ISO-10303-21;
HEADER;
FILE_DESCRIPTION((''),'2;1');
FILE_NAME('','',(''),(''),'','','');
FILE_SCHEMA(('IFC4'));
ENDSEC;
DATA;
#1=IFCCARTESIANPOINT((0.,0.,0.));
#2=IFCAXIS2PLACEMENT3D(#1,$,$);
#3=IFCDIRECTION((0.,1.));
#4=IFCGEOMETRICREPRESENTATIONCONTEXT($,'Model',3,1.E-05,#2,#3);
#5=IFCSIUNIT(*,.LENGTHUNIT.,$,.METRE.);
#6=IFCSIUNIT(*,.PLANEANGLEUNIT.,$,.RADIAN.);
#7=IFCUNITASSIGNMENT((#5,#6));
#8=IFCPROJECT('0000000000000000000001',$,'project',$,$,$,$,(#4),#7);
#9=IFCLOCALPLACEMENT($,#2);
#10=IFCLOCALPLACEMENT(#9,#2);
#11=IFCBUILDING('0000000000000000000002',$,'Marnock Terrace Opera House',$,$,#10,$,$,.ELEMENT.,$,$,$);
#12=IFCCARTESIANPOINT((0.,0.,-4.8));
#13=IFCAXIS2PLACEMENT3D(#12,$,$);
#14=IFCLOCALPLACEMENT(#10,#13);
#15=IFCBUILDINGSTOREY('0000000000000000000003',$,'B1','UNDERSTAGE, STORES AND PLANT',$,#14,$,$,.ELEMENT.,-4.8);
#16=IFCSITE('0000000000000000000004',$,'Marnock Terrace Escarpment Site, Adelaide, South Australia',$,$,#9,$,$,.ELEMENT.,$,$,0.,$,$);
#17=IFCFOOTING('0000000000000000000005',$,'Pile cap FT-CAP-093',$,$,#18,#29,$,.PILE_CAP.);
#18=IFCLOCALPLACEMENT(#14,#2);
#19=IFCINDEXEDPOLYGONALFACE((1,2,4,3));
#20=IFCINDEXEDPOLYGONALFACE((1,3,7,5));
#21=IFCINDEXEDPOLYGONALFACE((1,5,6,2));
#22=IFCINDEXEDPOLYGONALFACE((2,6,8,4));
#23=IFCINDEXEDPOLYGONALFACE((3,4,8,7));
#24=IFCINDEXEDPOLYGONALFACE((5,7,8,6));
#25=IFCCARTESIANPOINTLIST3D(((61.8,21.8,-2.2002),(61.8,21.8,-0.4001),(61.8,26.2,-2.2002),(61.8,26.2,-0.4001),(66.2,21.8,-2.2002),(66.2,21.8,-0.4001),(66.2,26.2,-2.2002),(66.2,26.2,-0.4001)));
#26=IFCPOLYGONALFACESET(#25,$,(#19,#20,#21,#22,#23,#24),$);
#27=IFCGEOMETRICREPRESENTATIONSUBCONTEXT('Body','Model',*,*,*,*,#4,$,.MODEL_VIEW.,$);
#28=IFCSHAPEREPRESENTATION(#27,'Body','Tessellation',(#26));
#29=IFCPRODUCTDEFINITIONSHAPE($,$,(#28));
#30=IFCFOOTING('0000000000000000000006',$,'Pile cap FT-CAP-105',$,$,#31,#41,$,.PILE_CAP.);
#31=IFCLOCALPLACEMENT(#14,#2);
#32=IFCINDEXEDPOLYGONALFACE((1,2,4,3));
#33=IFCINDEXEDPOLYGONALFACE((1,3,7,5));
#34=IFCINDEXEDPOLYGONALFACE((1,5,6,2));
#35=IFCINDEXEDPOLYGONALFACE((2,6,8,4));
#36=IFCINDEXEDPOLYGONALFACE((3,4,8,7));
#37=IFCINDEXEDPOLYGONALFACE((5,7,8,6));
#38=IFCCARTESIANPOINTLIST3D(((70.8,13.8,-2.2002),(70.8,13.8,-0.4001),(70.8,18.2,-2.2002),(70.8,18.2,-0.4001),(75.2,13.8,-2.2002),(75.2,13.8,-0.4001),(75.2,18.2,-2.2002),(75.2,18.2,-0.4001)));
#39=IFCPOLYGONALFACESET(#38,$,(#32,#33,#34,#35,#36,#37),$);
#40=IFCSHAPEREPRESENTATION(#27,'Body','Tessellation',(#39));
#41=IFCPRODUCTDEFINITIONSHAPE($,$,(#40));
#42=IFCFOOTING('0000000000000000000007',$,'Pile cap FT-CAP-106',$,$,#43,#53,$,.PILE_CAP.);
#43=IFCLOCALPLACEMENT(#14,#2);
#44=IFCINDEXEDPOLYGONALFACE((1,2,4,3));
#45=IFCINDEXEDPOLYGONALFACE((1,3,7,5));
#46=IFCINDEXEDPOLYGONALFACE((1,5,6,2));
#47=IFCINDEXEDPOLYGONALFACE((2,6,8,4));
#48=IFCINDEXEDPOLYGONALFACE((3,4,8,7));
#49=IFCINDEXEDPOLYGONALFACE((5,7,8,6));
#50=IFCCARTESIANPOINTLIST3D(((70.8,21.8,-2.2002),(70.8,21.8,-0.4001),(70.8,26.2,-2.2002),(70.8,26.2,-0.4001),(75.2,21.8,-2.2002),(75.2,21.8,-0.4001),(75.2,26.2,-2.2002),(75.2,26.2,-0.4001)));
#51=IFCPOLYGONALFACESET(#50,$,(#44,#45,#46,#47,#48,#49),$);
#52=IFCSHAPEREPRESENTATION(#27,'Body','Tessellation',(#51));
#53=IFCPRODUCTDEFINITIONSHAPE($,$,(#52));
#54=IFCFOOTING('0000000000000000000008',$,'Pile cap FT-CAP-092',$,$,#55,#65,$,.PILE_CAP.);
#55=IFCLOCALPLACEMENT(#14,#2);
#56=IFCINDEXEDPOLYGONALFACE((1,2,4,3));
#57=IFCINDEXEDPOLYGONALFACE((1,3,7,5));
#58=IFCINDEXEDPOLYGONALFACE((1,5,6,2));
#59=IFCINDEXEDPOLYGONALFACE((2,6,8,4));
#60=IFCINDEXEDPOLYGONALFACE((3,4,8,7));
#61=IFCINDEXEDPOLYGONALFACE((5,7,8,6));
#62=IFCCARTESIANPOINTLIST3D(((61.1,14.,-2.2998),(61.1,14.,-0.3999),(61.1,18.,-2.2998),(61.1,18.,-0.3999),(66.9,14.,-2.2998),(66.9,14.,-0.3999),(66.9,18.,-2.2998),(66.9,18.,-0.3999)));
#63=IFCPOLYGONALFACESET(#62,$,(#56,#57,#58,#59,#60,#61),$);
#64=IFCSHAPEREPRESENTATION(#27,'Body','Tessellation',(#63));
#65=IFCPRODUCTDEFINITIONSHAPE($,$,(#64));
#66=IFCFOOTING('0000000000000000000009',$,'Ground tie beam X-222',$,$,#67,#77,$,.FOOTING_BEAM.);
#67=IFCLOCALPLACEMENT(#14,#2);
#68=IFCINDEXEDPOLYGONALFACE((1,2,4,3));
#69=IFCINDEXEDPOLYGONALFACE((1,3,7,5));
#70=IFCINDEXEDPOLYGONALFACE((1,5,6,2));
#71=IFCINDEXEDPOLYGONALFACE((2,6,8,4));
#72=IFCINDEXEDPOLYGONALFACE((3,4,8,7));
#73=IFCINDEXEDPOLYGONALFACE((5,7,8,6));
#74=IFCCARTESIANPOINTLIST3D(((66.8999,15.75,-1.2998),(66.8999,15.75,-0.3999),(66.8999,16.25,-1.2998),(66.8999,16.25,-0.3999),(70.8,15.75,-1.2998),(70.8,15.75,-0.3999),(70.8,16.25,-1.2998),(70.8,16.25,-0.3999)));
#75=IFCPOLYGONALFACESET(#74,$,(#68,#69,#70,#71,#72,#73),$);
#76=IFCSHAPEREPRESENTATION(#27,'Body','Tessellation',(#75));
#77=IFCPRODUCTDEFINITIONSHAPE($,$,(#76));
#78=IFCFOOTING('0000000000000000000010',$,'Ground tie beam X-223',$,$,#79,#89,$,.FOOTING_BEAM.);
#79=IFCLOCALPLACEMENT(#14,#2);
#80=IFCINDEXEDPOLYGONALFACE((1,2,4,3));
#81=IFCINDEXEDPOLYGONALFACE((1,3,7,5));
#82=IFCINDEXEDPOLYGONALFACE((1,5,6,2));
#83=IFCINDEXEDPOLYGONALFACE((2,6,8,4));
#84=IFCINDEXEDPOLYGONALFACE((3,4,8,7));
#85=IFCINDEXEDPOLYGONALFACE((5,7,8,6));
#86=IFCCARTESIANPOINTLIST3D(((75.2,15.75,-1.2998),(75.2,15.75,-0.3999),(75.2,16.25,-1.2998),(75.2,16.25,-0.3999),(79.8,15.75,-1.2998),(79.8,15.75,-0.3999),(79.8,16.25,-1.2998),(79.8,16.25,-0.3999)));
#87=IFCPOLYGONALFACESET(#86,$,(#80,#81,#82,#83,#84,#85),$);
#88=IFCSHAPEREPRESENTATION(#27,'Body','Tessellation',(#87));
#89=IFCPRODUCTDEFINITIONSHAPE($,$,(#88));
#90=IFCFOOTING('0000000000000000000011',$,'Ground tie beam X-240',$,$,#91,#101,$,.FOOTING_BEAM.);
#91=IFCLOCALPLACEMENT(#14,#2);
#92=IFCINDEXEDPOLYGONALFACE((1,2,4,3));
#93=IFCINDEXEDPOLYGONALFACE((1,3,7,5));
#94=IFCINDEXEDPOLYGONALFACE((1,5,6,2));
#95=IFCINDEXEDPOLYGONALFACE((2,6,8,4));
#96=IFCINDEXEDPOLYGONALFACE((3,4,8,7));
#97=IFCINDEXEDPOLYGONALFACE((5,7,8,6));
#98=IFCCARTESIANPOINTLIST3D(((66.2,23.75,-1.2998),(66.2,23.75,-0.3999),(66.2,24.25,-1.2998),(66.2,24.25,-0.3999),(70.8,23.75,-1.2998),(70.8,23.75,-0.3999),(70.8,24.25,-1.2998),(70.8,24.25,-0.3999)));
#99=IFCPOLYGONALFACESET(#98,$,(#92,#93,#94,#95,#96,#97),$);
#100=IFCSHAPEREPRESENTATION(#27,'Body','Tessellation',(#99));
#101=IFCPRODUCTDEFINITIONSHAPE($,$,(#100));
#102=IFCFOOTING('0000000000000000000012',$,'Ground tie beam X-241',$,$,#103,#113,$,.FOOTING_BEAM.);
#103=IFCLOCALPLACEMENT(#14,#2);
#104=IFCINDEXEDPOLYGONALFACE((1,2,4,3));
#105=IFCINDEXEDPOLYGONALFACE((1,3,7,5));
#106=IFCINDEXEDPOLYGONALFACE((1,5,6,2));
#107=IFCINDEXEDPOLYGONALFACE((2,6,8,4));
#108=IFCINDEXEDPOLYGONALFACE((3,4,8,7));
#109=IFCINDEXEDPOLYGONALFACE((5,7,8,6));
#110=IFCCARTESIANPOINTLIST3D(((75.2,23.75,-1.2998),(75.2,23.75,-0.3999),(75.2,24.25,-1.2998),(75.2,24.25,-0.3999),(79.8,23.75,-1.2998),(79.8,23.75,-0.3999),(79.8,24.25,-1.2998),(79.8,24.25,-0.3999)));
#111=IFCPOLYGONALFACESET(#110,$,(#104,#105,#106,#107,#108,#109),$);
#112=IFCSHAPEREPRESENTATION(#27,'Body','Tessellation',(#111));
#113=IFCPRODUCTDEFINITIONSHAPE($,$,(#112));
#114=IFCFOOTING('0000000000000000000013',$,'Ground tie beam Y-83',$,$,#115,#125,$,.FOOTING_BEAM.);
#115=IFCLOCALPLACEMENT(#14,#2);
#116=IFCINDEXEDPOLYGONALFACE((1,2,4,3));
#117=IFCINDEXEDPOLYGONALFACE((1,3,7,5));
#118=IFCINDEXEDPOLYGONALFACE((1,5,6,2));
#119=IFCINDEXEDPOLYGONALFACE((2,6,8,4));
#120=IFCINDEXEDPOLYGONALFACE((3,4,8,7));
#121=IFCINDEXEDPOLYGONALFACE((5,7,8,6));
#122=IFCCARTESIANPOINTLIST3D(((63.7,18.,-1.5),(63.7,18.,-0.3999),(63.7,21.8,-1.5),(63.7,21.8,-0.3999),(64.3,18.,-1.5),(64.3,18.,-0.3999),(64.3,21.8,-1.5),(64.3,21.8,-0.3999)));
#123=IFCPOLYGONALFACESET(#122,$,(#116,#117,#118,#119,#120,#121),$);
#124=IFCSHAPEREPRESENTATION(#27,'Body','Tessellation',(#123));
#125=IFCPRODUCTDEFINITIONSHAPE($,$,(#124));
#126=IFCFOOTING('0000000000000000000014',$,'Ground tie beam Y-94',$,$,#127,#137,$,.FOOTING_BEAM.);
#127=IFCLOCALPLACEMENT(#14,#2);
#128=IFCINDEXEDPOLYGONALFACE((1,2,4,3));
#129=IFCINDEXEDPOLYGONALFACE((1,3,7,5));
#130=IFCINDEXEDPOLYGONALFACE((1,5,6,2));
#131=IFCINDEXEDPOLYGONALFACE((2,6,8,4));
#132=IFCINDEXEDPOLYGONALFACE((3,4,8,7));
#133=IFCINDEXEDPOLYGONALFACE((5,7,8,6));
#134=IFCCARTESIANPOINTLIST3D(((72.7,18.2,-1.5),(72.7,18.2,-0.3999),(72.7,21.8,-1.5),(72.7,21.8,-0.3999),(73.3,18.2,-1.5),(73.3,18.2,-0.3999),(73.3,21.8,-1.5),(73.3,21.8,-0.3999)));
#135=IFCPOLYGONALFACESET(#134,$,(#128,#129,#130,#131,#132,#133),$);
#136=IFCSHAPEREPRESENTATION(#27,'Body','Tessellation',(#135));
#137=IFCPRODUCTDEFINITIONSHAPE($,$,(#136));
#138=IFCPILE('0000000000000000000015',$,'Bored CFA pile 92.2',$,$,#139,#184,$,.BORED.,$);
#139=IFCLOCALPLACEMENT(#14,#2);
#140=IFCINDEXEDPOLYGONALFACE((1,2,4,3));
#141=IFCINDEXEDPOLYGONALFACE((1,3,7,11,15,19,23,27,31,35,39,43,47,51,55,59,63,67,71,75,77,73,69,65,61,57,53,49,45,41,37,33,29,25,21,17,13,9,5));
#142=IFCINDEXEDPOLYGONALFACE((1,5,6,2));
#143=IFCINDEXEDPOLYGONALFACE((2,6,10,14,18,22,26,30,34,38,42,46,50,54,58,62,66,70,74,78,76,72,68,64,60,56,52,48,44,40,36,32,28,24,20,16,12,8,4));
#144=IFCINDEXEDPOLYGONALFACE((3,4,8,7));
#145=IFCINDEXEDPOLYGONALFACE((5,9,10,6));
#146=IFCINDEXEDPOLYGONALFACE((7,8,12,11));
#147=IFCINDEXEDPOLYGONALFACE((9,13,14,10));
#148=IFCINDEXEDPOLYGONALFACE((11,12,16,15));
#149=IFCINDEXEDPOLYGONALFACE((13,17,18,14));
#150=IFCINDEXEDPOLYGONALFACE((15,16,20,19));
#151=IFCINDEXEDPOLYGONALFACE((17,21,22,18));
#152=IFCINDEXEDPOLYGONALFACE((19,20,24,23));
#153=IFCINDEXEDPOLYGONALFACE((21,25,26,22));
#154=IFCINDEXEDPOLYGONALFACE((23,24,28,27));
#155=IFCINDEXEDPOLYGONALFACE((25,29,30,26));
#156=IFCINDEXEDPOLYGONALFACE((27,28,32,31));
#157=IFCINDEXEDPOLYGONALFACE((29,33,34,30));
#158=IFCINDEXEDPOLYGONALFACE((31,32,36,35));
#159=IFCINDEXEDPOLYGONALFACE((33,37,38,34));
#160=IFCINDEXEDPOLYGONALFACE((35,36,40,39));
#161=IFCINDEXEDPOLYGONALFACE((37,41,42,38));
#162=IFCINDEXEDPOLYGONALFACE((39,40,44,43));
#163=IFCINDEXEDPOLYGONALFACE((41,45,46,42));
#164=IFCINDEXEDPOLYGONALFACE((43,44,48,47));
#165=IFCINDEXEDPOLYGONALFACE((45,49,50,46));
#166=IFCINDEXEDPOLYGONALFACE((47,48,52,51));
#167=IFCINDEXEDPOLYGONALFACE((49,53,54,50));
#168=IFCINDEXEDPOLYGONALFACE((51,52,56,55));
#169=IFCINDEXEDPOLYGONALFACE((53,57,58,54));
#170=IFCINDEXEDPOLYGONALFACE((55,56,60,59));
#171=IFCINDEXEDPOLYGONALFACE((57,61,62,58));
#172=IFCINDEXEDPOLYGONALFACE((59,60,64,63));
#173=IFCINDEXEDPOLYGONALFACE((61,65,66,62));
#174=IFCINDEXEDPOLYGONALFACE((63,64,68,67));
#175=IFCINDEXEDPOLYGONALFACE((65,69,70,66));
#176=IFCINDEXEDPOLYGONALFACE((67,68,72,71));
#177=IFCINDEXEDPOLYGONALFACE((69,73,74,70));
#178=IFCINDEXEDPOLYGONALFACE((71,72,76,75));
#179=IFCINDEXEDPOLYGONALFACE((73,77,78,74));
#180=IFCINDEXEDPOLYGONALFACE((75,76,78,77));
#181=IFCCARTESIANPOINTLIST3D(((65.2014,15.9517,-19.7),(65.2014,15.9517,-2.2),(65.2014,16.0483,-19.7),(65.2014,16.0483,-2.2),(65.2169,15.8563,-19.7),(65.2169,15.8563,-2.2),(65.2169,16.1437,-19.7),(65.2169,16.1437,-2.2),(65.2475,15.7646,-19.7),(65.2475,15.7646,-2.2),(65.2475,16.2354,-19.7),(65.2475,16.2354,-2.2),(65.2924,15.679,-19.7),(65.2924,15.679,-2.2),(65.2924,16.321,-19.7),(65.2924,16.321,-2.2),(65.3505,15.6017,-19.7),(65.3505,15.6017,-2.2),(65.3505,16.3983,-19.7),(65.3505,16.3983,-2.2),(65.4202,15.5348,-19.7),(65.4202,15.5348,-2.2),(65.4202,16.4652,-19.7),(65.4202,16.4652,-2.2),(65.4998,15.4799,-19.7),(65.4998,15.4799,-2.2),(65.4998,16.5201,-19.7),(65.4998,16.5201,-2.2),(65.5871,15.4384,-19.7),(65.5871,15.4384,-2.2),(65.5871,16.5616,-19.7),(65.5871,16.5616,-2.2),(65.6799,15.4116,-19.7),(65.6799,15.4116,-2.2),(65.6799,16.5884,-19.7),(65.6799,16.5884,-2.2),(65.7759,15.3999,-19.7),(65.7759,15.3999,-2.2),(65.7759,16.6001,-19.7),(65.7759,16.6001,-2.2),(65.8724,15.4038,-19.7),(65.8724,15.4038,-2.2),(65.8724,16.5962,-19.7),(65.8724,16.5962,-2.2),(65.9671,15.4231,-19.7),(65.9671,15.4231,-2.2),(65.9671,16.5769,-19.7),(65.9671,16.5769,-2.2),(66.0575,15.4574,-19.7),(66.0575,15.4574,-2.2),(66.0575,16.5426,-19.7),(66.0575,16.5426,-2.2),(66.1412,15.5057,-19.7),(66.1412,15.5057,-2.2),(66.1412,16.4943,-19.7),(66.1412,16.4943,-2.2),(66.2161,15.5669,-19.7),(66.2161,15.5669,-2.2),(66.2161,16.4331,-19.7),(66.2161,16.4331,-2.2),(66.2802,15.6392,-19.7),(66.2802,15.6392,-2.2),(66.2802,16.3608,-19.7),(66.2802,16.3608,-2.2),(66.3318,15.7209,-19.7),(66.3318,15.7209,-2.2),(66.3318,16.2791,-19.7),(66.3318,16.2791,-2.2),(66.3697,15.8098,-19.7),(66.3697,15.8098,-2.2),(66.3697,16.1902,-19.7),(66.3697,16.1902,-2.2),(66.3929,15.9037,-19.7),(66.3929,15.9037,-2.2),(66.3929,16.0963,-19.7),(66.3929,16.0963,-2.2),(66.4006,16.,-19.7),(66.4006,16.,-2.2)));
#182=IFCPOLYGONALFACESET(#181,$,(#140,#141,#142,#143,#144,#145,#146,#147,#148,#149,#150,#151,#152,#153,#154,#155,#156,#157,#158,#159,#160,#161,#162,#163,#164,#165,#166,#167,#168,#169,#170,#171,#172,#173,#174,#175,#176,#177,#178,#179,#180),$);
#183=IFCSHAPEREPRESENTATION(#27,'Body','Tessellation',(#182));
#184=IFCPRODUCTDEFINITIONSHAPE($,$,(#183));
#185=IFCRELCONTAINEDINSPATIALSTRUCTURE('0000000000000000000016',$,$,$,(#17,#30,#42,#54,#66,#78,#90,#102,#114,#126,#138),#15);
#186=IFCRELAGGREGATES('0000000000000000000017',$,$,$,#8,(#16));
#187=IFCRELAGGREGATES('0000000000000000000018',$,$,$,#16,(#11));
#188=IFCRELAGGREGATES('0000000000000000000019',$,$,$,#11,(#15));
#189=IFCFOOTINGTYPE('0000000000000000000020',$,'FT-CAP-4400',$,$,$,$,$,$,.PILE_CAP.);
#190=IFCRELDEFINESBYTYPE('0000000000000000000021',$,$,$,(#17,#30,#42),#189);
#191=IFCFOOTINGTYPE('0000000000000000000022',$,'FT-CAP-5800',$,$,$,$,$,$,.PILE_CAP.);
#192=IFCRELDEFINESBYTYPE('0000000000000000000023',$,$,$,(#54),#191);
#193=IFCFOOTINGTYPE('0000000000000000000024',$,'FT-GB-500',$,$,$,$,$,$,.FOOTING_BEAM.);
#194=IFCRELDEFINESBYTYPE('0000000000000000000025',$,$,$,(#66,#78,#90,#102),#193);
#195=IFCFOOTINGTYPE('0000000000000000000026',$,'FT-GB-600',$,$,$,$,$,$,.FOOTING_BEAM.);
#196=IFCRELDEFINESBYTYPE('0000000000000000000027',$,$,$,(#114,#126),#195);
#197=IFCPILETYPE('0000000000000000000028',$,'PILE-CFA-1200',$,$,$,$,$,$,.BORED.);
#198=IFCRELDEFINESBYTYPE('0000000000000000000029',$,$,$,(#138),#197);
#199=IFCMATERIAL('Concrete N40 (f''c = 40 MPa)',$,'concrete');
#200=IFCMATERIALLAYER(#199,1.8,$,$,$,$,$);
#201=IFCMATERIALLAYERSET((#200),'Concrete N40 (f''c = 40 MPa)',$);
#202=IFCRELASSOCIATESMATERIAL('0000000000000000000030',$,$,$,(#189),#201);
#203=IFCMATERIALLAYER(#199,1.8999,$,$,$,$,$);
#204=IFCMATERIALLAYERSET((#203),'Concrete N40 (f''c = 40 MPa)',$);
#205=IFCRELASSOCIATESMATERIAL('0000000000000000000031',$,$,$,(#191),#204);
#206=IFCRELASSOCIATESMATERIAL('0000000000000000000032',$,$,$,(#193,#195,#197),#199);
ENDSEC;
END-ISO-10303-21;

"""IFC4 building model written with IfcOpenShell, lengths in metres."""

from ifc_helpers import new_model, si_unit, direction, frame, origin, origin_2d, place, context, subcontext, project, spatial, rectangle, circle, extrude, material, layer, layer_set, material_profile, profile_set, type_object, element, save


model = new_model("IFC4")

# Units and contexts
model_context = context("Model", 3, precision=1e-05, world=origin(), true_north=direction((0.0, 1.0)))
body_context = subcontext(model_context, "Body", "Model", "MODEL_VIEW")
ifc_project = project(units=[si_unit("LENGTHUNIT", "METRE"), si_unit("PLANEANGLEUNIT", "RADIAN")], contexts=[model_context])

# Site, building, storey
site_placement = place(None, origin())
site = spatial("IfcSite", under=ifc_project, at=site_placement, Name="Marnock Terrace Escarpment Site, Adelaide, South Australia", CompositionType="ELEMENT", RefElevation=0.0)
building_placement = place(site_placement, origin())
building = spatial("IfcBuilding", under=site, at=building_placement, Name="Marnock Terrace Opera House", CompositionType="ELEMENT")
storey_placement = place(building_placement, frame((0.0, 0.0, -4.8)))
storey = spatial("IfcBuildingStorey", under=building, at=storey_placement, Name="B1", Description="UNDERSTAGE, STORES AND PLANT", CompositionType="ELEMENT", Elevation=-4.8)

# Footings
ifc_material_1 = material(Name="Concrete N40 (f'c = 40 MPa)", Category="concrete")
ifc_layer_1 = layer(ifc_material_1, 1.8)
ifc_layer_set_1 = layer_set([ifc_layer_1], Name="Concrete N40 (f'c = 40 MPa)")
footing_type_1 = type_object("IfcFootingType", Name="FT-CAP-4400", PredefinedType="PILE_CAP", material=ifc_layer_set_1)
for number, where, z_axis, x_axis, name in (
    (1, (64.0, 24.0, -2.2002), (0.0, 0.0, 1.0), (1.0, 0.0, 0.0), "Pile cap FT-CAP-093"),
    (2, (73.0, 16.0, -2.2002), (0.0, 0.0, 1.0), (1.0, 0.0, 0.0), "Pile cap FT-CAP-105"),
    (3, (73.0, 24.0, -2.2002), (0.0, 0.0, 1.0), (1.0, 0.0, 0.0), "Pile cap FT-CAP-106"),
):
    element("IfcFooting", number, at=place(storey_placement, frame(where, z_axis=z_axis, x_axis=x_axis)), inside=storey, type_object=footing_type_1, Name=name, PredefinedType="PILE_CAP", context=body_context, shape_type="SweptSolid", body=[
        extrude(rectangle(XDim=4.3999, YDim=4.3999, at=origin_2d()), origin(), (0.0, 0.0, 1.0), 1.8),
    ])
ifc_layer_2 = layer(ifc_material_1, 1.8999)
ifc_layer_set_2 = layer_set([ifc_layer_2], Name="Concrete N40 (f'c = 40 MPa)")
footing_type_2 = type_object("IfcFootingType", Name="FT-CAP-5800", PredefinedType="PILE_CAP", material=ifc_layer_set_2)
footing_1_placement = place(storey_placement, frame((64.0, 16.0, -2.2998), z_axis=(0.0, 0.0, 1.0), x_axis=(1.0, 0.0, 0.0)))
element("IfcFooting", 4, at=footing_1_placement, inside=storey, type_object=footing_type_2, Name="Pile cap FT-CAP-092", PredefinedType="PILE_CAP", context=body_context, shape_type="SweptSolid", body=[
    extrude(rectangle(XDim=5.8, YDim=4.0, at=origin_2d()), origin(), (0.0, 0.0, 1.0), 1.8999),
])
ifc_material_profile_1 = material_profile(ifc_material_1, rectangle(XDim=0.5, YDim=0.8999, at=origin_2d()))
ifc_profile_set_1 = profile_set([ifc_material_profile_1], Name="Concrete N40 (f'c = 40 MPa)")
footing_type_3 = type_object("IfcFootingType", Name="FT-GB-500", PredefinedType="FOOTING_BEAM", material=ifc_profile_set_1)
footing_2_placement = place(storey_placement, frame((66.8999, 16.0, -0.8499), z_axis=(1.0, 0.0, 0.0), x_axis=(0.0, 1.0, 0.0)))
element("IfcFooting", 5, at=footing_2_placement, inside=storey, type_object=footing_type_3, Name="Ground tie beam X-222", PredefinedType="FOOTING_BEAM", context=body_context, shape_type="SweptSolid", body=[
    extrude(rectangle(XDim=0.5, YDim=0.8999, at=origin_2d()), origin(), (0.0, 0.0, 1.0), 3.9001),
])
for number, where, z_axis, x_axis, name in (
    (6, (75.2, 16.0, -0.8499), (1.0, 0.0, 0.0), (0.0, 1.0, 0.0), "Ground tie beam X-223"),
    (7, (66.2, 24.0, -0.8499), (1.0, 0.0, 0.0), (0.0, 1.0, 0.0), "Ground tie beam X-240"),
    (8, (75.2, 24.0, -0.8499), (1.0, 0.0, 0.0), (0.0, 1.0, 0.0), "Ground tie beam X-241"),
):
    element("IfcFooting", number, at=place(storey_placement, frame(where, z_axis=z_axis, x_axis=x_axis)), inside=storey, type_object=footing_type_3, Name=name, PredefinedType="FOOTING_BEAM", context=body_context, shape_type="SweptSolid", body=[
        extrude(rectangle(XDim=0.5, YDim=0.8999, at=origin_2d()), origin(), (0.0, 0.0, 1.0), 4.6001),
    ])
ifc_material_profile_2 = material_profile(ifc_material_1, rectangle(XDim=0.6001, YDim=1.1001, at=origin_2d()))
ifc_profile_set_2 = profile_set([ifc_material_profile_2], Name="Concrete N40 (f'c = 40 MPa)")
footing_type_4 = type_object("IfcFootingType", Name="FT-GB-600", PredefinedType="FOOTING_BEAM", material=ifc_profile_set_2)
footing_3_placement = place(storey_placement, frame((64.0, 18.0, -0.95), z_axis=(0.0, 1.0, 0.0), x_axis=(-1.0, 0.0, 0.0)))
element("IfcFooting", 9, at=footing_3_placement, inside=storey, type_object=footing_type_4, Name="Ground tie beam Y-83", PredefinedType="FOOTING_BEAM", context=body_context, shape_type="SweptSolid", body=[
    extrude(rectangle(XDim=0.6001, YDim=1.1001, at=origin_2d()), origin(), (0.0, 0.0, 1.0), 3.8),
])
footing_4_placement = place(storey_placement, frame((73.0, 18.2, -0.95), z_axis=(0.0, 1.0, 0.0), x_axis=(-1.0, 0.0, 0.0)))
element("IfcFooting", 10, at=footing_4_placement, inside=storey, type_object=footing_type_4, Name="Ground tie beam Y-94", PredefinedType="FOOTING_BEAM", context=body_context, shape_type="SweptSolid", body=[
    extrude(rectangle(XDim=0.6001, YDim=1.1001, at=origin_2d()), origin(), (0.0, 0.0, 1.0), 3.6001),
])

# Pile
ifc_material_profile_3 = material_profile(ifc_material_1, circle(Radius=0.6006, at=origin_2d()))
ifc_profile_set_3 = profile_set([ifc_material_profile_3], Name="Concrete N40 (f'c = 40 MPa)")
pile_type = type_object("IfcPileType", Name="PILE-CFA-1200", PredefinedType="BORED", material=ifc_profile_set_3)
pile_placement = place(storey_placement, frame((65.8, 16.0, -2.2), z_axis=(0.0, 0.0, -1.0), x_axis=(1.0, 0.0, 0.0)))
element("IfcPile", 11, at=pile_placement, inside=storey, type_object=pile_type, Name="Bored CFA pile 92.2", PredefinedType="BORED", context=body_context, shape_type="SweptSolid", body=[
    extrude(circle(Radius=0.6006, at=origin_2d()), origin(), (0.0, 0.0, 1.0), 17.5),
])

save(model, "model.ifc")
